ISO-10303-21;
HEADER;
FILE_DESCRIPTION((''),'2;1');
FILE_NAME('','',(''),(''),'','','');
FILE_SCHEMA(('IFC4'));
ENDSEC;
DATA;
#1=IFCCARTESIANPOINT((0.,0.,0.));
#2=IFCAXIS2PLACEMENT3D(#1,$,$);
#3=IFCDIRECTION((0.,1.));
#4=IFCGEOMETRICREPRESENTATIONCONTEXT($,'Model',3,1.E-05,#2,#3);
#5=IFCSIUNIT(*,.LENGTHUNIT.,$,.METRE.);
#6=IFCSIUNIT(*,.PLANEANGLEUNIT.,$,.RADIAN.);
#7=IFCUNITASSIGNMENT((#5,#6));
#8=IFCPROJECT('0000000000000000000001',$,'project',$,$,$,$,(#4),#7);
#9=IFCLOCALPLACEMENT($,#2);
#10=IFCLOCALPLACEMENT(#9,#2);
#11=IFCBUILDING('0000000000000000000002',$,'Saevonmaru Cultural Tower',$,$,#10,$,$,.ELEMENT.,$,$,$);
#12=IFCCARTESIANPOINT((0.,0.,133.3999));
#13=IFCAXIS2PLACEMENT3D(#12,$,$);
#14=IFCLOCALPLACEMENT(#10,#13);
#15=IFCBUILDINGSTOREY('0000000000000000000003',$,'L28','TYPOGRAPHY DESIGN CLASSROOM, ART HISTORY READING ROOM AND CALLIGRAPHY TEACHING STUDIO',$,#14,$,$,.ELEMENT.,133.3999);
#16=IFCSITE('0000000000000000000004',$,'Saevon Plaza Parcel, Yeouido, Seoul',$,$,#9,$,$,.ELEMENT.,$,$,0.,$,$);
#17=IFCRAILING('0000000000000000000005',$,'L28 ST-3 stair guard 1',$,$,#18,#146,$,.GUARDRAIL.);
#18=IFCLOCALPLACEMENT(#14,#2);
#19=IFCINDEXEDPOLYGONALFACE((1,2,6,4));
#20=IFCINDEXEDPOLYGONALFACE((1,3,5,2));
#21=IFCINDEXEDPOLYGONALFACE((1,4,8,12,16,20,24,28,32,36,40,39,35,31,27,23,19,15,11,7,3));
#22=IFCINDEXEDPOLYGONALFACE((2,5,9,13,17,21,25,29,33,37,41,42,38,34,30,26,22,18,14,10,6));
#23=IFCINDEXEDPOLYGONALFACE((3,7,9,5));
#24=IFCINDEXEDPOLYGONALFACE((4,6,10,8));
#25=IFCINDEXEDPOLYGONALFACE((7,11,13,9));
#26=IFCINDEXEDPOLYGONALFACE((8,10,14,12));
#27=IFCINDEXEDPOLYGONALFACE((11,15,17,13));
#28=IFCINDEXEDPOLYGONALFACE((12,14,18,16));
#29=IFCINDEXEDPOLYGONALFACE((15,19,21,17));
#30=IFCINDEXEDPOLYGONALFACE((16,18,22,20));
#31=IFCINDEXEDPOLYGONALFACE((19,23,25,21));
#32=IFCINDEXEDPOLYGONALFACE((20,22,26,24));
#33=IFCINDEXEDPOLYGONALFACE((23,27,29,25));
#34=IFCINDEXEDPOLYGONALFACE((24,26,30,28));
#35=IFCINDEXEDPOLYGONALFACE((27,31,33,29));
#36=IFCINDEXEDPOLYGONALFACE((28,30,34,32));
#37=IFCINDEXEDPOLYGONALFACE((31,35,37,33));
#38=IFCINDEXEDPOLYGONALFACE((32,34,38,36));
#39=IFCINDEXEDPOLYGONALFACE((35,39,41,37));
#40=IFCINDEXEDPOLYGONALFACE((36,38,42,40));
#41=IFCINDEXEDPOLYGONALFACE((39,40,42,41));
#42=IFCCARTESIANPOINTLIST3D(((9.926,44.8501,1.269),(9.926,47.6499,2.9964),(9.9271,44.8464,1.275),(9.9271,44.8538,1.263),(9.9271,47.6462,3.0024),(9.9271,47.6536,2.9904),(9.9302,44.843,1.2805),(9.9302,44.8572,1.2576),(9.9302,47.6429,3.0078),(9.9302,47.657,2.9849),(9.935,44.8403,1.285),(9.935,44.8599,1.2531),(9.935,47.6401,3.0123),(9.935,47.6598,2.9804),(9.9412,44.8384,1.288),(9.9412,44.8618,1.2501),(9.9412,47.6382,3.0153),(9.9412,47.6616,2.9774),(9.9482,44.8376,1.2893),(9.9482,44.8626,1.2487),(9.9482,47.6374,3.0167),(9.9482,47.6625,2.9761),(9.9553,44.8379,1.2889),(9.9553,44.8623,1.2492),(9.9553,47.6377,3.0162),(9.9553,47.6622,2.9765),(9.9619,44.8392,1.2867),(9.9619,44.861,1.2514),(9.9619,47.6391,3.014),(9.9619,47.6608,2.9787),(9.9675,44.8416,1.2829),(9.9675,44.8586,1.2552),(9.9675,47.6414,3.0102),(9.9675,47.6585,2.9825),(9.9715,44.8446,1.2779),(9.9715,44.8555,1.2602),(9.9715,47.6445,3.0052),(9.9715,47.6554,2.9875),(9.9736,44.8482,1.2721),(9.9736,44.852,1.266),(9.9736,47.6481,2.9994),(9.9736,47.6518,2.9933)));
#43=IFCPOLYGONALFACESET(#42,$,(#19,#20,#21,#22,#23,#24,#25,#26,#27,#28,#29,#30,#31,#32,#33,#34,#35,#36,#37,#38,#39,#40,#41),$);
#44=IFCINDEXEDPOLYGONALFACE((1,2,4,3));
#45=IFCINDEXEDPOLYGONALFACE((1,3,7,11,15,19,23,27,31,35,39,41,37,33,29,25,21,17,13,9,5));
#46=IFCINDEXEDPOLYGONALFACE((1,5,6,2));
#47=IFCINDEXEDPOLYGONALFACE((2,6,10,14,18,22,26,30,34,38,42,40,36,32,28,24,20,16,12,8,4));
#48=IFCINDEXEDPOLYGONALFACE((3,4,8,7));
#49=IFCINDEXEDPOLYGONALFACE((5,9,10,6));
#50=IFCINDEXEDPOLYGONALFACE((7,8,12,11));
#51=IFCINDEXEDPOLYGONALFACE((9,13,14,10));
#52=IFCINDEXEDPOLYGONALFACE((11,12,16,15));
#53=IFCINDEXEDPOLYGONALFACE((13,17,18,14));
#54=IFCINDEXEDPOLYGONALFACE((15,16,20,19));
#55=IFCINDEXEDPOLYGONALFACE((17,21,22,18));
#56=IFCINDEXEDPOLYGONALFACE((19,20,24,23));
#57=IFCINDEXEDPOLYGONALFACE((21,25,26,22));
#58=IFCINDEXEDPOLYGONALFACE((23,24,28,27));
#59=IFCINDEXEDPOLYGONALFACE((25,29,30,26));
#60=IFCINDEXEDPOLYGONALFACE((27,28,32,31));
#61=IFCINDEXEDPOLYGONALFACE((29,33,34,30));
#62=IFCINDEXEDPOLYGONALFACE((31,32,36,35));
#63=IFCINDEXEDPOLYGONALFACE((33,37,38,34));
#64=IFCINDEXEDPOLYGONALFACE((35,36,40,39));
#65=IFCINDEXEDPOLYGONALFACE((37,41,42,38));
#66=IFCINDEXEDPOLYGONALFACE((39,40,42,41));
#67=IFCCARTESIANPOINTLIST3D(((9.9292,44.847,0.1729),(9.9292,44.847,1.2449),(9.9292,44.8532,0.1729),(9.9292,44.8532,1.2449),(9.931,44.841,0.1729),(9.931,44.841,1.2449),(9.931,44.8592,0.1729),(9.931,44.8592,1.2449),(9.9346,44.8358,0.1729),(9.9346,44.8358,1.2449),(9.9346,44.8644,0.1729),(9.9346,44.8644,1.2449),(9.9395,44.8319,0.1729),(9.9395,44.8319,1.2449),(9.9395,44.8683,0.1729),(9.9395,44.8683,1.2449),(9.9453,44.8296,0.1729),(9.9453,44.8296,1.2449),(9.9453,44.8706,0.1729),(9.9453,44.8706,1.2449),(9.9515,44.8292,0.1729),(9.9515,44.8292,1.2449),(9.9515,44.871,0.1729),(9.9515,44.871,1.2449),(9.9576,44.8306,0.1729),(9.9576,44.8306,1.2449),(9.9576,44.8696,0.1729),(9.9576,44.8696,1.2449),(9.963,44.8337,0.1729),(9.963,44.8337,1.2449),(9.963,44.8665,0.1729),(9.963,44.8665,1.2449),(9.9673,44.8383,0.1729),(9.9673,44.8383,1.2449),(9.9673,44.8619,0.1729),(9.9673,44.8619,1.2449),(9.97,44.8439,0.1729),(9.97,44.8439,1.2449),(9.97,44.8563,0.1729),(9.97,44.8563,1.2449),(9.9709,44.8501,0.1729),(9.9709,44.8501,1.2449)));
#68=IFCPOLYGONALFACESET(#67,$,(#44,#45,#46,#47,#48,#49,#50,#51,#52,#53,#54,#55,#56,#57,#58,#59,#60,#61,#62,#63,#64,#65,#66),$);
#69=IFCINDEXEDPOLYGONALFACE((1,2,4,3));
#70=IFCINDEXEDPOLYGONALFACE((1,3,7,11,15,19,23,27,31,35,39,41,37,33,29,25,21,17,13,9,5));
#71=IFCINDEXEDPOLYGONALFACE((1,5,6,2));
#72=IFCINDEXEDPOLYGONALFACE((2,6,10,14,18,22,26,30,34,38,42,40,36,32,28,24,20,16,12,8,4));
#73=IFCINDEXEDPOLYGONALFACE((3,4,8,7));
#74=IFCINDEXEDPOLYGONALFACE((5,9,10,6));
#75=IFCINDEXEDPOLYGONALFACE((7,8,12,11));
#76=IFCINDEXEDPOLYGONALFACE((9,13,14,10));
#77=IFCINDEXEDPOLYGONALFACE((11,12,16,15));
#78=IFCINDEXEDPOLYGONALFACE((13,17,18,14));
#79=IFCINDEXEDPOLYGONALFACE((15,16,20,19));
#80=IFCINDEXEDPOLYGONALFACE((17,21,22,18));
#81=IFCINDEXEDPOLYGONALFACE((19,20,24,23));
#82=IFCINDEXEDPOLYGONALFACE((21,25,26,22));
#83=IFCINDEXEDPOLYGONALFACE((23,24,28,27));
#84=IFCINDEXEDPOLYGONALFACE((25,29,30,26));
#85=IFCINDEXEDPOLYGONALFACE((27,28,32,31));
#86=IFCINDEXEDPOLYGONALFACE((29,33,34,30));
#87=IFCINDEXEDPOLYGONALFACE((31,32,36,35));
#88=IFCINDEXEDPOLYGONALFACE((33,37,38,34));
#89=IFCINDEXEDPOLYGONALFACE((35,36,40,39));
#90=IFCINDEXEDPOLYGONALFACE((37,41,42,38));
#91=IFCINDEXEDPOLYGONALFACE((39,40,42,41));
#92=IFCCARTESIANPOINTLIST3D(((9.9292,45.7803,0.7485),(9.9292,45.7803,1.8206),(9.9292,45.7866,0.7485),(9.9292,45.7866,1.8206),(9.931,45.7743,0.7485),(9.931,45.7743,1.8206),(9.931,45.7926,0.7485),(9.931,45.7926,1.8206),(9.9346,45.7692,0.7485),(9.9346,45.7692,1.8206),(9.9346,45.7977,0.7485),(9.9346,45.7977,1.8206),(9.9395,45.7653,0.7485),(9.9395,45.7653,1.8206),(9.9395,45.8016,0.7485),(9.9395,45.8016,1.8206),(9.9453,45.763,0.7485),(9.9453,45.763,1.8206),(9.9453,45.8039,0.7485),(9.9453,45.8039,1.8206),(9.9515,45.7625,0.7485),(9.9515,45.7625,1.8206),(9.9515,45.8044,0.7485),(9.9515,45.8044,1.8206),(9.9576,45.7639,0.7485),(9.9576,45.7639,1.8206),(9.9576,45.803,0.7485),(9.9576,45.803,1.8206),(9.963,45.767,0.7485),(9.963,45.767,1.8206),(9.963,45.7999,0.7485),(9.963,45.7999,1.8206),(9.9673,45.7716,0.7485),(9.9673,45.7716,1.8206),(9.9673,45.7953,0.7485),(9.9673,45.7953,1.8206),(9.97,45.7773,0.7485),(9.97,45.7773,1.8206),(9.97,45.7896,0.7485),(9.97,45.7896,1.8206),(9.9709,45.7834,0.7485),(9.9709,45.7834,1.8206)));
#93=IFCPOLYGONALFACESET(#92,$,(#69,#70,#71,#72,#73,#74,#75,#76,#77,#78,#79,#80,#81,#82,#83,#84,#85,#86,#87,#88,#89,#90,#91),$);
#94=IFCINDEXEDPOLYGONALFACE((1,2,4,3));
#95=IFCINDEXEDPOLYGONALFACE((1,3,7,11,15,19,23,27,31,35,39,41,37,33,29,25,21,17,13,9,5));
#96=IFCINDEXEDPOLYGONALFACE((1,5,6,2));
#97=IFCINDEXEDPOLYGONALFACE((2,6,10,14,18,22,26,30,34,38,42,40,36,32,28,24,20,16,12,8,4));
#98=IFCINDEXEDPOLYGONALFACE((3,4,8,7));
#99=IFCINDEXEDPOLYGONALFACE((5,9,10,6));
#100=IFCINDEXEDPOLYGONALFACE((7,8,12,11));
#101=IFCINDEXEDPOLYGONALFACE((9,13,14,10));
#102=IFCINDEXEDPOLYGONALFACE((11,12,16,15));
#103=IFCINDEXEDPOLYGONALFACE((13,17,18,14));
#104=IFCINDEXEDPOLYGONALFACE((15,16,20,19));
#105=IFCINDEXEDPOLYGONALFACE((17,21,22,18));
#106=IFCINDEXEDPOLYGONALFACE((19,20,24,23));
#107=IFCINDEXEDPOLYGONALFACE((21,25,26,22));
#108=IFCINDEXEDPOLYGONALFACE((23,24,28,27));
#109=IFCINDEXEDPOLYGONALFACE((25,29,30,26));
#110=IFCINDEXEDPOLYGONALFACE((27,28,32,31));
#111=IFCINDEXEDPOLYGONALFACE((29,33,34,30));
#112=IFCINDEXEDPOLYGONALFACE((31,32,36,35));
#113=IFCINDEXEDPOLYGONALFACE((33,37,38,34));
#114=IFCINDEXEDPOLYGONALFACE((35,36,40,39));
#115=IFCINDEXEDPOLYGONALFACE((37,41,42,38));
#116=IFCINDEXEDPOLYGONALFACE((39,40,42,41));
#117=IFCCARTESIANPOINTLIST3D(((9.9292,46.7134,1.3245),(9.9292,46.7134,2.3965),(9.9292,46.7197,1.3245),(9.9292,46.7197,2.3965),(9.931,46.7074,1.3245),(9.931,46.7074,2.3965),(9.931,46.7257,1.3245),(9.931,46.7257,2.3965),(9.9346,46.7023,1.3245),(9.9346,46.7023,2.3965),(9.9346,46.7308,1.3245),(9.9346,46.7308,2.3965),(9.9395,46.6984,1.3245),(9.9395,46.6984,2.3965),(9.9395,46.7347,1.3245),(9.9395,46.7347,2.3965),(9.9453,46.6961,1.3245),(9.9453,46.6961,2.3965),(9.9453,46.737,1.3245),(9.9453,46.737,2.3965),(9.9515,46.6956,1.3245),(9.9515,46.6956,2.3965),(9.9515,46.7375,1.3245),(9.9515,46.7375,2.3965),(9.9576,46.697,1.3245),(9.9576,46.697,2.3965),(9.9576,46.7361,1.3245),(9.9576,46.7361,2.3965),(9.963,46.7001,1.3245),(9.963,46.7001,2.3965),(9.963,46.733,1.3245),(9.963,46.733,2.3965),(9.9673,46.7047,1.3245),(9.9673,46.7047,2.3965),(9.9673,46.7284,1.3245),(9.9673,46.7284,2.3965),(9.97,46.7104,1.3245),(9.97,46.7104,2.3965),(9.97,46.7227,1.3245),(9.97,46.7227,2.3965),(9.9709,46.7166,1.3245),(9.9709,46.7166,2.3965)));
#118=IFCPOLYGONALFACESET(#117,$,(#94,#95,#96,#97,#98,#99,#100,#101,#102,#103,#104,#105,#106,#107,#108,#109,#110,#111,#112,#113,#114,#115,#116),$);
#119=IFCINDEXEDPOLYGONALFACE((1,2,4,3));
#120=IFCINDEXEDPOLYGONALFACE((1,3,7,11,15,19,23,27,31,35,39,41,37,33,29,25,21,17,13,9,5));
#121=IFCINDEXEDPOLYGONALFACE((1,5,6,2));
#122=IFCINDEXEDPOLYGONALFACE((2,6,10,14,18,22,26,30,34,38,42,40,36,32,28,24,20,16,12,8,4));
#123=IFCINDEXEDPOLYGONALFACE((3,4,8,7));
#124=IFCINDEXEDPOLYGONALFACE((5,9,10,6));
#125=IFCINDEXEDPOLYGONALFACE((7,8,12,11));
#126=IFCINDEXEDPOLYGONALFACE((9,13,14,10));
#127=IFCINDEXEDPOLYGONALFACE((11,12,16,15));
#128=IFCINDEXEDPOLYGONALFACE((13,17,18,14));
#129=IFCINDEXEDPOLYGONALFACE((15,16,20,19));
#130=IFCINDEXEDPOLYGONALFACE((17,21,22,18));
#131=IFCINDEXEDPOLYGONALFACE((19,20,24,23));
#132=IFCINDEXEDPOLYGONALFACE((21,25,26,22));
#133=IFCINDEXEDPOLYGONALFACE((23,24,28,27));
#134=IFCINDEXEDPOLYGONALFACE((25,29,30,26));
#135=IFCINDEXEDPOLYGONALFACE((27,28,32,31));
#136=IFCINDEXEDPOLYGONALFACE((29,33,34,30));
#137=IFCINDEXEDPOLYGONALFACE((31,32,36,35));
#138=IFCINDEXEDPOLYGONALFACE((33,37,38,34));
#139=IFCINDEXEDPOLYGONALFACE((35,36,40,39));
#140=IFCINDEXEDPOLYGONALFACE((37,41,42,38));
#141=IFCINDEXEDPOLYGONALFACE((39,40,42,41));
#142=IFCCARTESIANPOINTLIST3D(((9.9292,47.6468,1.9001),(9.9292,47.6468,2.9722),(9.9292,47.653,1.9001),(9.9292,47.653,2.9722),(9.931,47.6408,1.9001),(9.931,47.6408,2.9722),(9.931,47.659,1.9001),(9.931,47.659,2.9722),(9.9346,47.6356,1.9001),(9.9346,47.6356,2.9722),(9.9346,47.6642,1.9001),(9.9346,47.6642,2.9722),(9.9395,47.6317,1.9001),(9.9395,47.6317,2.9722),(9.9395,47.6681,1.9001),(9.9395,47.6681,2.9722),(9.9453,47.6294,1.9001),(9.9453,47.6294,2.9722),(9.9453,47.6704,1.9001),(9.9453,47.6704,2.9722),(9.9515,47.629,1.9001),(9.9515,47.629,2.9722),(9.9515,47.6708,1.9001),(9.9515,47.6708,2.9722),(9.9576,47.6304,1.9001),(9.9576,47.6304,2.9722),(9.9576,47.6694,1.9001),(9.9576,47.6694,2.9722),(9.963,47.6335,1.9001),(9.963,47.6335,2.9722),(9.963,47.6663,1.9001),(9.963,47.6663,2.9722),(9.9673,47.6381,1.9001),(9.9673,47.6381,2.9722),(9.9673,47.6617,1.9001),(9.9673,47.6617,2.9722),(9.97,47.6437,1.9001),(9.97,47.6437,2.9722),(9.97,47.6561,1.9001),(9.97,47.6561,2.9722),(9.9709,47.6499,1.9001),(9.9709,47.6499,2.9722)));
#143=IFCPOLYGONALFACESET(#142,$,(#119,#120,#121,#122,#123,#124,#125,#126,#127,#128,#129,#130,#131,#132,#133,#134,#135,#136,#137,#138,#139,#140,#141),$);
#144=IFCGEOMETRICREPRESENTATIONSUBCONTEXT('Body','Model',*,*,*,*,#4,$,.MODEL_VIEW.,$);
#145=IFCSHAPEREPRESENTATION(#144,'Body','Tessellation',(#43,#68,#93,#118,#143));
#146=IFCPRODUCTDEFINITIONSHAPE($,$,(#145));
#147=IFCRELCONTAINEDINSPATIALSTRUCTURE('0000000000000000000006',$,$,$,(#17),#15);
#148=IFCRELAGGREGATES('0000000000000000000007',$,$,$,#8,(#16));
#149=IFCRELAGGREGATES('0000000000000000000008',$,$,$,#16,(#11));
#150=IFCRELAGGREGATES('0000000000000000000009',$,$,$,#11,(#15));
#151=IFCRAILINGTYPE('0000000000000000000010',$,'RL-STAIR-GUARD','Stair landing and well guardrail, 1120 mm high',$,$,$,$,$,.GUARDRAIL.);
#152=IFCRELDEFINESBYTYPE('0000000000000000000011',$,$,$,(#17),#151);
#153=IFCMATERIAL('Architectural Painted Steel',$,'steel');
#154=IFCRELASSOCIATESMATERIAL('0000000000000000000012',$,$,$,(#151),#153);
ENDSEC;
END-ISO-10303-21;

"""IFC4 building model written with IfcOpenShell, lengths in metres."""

from ifc_helpers import new_model, si_unit, direction, frame, origin, origin_2d, place, context, subcontext, project, spatial, circle, extrude, material, type_object, element, save


model = new_model("IFC4")

# Units and contexts
model_context = context("Model", 3, precision=1e-05, world=origin(), true_north=direction((0.0, 1.0)))
body_context = subcontext(model_context, "Body", "Model", "MODEL_VIEW")
ifc_project = project(units=[si_unit("LENGTHUNIT", "METRE"), si_unit("PLANEANGLEUNIT", "RADIAN")], contexts=[model_context])

# Site, building, storey
site_placement = place(None, origin())
site = spatial("IfcSite", under=ifc_project, at=site_placement, Name="Saevon Plaza Parcel, Yeouido, Seoul", CompositionType="ELEMENT", RefElevation=0.0)
building_placement = place(site_placement, origin())
building = spatial("IfcBuilding", under=site, at=building_placement, Name="Saevonmaru Cultural Tower", CompositionType="ELEMENT")
storey_placement = place(building_placement, frame((0.0, 0.0, 133.3999)))
storey = spatial("IfcBuildingStorey", under=building, at=storey_placement, Name="L28", Description="TYPOGRAPHY DESIGN CLASSROOM, ART HISTORY READING ROOM AND CALLIGRAPHY TEACHING STUDIO", CompositionType="ELEMENT", Elevation=133.3999)

# Railing
ifc_material_1 = material(Name="Architectural Painted Steel", Category="steel")
railing_type_1 = type_object("IfcRailingType", Name="RL-STAIR-GUARD", Description="Stair landing and well guardrail, 1120 mm high", PredefinedType="GUARDRAIL", material=ifc_material_1)
railing_1_placement = place(storey_placement, frame((9.95, 44.8501, 0.1729)))
element("IfcRailing", 1, at=railing_1_placement, inside=storey, type_object=railing_type_1, Name="L28 ST-3 stair guard 1", PredefinedType="GUARDRAIL", context=body_context, shape_type="SweptSolid", body=[
    extrude(circle(Radius=0.0239, at=origin_2d()), frame((0.0, 0.0, 1.0962), z_axis=(0.0, 0.851069, 0.525054), x_axis=(-1.0, 0.0, 0.0)), (0.0, 0.0, 1.0), 3.2898),
    extrude(circle(Radius=0.021, at=origin_2d()), origin(), (0.0, 0.0, 1.0), 1.072),
    extrude(circle(Radius=0.021, at=origin_2d()), frame((0.0, 0.9333, 0.5757)), (0.0, 0.0, 1.0), 1.072),
    extrude(circle(Radius=0.021, at=origin_2d()), frame((0.0, 1.8665, 1.1516)), (0.0, 0.0, 1.0), 1.072),
    extrude(circle(Radius=0.021, at=origin_2d()), frame((0.0, 2.7998, 1.7273)), (0.0, 0.0, 1.0), 1.072),
])

save(model, "model.ifc")
